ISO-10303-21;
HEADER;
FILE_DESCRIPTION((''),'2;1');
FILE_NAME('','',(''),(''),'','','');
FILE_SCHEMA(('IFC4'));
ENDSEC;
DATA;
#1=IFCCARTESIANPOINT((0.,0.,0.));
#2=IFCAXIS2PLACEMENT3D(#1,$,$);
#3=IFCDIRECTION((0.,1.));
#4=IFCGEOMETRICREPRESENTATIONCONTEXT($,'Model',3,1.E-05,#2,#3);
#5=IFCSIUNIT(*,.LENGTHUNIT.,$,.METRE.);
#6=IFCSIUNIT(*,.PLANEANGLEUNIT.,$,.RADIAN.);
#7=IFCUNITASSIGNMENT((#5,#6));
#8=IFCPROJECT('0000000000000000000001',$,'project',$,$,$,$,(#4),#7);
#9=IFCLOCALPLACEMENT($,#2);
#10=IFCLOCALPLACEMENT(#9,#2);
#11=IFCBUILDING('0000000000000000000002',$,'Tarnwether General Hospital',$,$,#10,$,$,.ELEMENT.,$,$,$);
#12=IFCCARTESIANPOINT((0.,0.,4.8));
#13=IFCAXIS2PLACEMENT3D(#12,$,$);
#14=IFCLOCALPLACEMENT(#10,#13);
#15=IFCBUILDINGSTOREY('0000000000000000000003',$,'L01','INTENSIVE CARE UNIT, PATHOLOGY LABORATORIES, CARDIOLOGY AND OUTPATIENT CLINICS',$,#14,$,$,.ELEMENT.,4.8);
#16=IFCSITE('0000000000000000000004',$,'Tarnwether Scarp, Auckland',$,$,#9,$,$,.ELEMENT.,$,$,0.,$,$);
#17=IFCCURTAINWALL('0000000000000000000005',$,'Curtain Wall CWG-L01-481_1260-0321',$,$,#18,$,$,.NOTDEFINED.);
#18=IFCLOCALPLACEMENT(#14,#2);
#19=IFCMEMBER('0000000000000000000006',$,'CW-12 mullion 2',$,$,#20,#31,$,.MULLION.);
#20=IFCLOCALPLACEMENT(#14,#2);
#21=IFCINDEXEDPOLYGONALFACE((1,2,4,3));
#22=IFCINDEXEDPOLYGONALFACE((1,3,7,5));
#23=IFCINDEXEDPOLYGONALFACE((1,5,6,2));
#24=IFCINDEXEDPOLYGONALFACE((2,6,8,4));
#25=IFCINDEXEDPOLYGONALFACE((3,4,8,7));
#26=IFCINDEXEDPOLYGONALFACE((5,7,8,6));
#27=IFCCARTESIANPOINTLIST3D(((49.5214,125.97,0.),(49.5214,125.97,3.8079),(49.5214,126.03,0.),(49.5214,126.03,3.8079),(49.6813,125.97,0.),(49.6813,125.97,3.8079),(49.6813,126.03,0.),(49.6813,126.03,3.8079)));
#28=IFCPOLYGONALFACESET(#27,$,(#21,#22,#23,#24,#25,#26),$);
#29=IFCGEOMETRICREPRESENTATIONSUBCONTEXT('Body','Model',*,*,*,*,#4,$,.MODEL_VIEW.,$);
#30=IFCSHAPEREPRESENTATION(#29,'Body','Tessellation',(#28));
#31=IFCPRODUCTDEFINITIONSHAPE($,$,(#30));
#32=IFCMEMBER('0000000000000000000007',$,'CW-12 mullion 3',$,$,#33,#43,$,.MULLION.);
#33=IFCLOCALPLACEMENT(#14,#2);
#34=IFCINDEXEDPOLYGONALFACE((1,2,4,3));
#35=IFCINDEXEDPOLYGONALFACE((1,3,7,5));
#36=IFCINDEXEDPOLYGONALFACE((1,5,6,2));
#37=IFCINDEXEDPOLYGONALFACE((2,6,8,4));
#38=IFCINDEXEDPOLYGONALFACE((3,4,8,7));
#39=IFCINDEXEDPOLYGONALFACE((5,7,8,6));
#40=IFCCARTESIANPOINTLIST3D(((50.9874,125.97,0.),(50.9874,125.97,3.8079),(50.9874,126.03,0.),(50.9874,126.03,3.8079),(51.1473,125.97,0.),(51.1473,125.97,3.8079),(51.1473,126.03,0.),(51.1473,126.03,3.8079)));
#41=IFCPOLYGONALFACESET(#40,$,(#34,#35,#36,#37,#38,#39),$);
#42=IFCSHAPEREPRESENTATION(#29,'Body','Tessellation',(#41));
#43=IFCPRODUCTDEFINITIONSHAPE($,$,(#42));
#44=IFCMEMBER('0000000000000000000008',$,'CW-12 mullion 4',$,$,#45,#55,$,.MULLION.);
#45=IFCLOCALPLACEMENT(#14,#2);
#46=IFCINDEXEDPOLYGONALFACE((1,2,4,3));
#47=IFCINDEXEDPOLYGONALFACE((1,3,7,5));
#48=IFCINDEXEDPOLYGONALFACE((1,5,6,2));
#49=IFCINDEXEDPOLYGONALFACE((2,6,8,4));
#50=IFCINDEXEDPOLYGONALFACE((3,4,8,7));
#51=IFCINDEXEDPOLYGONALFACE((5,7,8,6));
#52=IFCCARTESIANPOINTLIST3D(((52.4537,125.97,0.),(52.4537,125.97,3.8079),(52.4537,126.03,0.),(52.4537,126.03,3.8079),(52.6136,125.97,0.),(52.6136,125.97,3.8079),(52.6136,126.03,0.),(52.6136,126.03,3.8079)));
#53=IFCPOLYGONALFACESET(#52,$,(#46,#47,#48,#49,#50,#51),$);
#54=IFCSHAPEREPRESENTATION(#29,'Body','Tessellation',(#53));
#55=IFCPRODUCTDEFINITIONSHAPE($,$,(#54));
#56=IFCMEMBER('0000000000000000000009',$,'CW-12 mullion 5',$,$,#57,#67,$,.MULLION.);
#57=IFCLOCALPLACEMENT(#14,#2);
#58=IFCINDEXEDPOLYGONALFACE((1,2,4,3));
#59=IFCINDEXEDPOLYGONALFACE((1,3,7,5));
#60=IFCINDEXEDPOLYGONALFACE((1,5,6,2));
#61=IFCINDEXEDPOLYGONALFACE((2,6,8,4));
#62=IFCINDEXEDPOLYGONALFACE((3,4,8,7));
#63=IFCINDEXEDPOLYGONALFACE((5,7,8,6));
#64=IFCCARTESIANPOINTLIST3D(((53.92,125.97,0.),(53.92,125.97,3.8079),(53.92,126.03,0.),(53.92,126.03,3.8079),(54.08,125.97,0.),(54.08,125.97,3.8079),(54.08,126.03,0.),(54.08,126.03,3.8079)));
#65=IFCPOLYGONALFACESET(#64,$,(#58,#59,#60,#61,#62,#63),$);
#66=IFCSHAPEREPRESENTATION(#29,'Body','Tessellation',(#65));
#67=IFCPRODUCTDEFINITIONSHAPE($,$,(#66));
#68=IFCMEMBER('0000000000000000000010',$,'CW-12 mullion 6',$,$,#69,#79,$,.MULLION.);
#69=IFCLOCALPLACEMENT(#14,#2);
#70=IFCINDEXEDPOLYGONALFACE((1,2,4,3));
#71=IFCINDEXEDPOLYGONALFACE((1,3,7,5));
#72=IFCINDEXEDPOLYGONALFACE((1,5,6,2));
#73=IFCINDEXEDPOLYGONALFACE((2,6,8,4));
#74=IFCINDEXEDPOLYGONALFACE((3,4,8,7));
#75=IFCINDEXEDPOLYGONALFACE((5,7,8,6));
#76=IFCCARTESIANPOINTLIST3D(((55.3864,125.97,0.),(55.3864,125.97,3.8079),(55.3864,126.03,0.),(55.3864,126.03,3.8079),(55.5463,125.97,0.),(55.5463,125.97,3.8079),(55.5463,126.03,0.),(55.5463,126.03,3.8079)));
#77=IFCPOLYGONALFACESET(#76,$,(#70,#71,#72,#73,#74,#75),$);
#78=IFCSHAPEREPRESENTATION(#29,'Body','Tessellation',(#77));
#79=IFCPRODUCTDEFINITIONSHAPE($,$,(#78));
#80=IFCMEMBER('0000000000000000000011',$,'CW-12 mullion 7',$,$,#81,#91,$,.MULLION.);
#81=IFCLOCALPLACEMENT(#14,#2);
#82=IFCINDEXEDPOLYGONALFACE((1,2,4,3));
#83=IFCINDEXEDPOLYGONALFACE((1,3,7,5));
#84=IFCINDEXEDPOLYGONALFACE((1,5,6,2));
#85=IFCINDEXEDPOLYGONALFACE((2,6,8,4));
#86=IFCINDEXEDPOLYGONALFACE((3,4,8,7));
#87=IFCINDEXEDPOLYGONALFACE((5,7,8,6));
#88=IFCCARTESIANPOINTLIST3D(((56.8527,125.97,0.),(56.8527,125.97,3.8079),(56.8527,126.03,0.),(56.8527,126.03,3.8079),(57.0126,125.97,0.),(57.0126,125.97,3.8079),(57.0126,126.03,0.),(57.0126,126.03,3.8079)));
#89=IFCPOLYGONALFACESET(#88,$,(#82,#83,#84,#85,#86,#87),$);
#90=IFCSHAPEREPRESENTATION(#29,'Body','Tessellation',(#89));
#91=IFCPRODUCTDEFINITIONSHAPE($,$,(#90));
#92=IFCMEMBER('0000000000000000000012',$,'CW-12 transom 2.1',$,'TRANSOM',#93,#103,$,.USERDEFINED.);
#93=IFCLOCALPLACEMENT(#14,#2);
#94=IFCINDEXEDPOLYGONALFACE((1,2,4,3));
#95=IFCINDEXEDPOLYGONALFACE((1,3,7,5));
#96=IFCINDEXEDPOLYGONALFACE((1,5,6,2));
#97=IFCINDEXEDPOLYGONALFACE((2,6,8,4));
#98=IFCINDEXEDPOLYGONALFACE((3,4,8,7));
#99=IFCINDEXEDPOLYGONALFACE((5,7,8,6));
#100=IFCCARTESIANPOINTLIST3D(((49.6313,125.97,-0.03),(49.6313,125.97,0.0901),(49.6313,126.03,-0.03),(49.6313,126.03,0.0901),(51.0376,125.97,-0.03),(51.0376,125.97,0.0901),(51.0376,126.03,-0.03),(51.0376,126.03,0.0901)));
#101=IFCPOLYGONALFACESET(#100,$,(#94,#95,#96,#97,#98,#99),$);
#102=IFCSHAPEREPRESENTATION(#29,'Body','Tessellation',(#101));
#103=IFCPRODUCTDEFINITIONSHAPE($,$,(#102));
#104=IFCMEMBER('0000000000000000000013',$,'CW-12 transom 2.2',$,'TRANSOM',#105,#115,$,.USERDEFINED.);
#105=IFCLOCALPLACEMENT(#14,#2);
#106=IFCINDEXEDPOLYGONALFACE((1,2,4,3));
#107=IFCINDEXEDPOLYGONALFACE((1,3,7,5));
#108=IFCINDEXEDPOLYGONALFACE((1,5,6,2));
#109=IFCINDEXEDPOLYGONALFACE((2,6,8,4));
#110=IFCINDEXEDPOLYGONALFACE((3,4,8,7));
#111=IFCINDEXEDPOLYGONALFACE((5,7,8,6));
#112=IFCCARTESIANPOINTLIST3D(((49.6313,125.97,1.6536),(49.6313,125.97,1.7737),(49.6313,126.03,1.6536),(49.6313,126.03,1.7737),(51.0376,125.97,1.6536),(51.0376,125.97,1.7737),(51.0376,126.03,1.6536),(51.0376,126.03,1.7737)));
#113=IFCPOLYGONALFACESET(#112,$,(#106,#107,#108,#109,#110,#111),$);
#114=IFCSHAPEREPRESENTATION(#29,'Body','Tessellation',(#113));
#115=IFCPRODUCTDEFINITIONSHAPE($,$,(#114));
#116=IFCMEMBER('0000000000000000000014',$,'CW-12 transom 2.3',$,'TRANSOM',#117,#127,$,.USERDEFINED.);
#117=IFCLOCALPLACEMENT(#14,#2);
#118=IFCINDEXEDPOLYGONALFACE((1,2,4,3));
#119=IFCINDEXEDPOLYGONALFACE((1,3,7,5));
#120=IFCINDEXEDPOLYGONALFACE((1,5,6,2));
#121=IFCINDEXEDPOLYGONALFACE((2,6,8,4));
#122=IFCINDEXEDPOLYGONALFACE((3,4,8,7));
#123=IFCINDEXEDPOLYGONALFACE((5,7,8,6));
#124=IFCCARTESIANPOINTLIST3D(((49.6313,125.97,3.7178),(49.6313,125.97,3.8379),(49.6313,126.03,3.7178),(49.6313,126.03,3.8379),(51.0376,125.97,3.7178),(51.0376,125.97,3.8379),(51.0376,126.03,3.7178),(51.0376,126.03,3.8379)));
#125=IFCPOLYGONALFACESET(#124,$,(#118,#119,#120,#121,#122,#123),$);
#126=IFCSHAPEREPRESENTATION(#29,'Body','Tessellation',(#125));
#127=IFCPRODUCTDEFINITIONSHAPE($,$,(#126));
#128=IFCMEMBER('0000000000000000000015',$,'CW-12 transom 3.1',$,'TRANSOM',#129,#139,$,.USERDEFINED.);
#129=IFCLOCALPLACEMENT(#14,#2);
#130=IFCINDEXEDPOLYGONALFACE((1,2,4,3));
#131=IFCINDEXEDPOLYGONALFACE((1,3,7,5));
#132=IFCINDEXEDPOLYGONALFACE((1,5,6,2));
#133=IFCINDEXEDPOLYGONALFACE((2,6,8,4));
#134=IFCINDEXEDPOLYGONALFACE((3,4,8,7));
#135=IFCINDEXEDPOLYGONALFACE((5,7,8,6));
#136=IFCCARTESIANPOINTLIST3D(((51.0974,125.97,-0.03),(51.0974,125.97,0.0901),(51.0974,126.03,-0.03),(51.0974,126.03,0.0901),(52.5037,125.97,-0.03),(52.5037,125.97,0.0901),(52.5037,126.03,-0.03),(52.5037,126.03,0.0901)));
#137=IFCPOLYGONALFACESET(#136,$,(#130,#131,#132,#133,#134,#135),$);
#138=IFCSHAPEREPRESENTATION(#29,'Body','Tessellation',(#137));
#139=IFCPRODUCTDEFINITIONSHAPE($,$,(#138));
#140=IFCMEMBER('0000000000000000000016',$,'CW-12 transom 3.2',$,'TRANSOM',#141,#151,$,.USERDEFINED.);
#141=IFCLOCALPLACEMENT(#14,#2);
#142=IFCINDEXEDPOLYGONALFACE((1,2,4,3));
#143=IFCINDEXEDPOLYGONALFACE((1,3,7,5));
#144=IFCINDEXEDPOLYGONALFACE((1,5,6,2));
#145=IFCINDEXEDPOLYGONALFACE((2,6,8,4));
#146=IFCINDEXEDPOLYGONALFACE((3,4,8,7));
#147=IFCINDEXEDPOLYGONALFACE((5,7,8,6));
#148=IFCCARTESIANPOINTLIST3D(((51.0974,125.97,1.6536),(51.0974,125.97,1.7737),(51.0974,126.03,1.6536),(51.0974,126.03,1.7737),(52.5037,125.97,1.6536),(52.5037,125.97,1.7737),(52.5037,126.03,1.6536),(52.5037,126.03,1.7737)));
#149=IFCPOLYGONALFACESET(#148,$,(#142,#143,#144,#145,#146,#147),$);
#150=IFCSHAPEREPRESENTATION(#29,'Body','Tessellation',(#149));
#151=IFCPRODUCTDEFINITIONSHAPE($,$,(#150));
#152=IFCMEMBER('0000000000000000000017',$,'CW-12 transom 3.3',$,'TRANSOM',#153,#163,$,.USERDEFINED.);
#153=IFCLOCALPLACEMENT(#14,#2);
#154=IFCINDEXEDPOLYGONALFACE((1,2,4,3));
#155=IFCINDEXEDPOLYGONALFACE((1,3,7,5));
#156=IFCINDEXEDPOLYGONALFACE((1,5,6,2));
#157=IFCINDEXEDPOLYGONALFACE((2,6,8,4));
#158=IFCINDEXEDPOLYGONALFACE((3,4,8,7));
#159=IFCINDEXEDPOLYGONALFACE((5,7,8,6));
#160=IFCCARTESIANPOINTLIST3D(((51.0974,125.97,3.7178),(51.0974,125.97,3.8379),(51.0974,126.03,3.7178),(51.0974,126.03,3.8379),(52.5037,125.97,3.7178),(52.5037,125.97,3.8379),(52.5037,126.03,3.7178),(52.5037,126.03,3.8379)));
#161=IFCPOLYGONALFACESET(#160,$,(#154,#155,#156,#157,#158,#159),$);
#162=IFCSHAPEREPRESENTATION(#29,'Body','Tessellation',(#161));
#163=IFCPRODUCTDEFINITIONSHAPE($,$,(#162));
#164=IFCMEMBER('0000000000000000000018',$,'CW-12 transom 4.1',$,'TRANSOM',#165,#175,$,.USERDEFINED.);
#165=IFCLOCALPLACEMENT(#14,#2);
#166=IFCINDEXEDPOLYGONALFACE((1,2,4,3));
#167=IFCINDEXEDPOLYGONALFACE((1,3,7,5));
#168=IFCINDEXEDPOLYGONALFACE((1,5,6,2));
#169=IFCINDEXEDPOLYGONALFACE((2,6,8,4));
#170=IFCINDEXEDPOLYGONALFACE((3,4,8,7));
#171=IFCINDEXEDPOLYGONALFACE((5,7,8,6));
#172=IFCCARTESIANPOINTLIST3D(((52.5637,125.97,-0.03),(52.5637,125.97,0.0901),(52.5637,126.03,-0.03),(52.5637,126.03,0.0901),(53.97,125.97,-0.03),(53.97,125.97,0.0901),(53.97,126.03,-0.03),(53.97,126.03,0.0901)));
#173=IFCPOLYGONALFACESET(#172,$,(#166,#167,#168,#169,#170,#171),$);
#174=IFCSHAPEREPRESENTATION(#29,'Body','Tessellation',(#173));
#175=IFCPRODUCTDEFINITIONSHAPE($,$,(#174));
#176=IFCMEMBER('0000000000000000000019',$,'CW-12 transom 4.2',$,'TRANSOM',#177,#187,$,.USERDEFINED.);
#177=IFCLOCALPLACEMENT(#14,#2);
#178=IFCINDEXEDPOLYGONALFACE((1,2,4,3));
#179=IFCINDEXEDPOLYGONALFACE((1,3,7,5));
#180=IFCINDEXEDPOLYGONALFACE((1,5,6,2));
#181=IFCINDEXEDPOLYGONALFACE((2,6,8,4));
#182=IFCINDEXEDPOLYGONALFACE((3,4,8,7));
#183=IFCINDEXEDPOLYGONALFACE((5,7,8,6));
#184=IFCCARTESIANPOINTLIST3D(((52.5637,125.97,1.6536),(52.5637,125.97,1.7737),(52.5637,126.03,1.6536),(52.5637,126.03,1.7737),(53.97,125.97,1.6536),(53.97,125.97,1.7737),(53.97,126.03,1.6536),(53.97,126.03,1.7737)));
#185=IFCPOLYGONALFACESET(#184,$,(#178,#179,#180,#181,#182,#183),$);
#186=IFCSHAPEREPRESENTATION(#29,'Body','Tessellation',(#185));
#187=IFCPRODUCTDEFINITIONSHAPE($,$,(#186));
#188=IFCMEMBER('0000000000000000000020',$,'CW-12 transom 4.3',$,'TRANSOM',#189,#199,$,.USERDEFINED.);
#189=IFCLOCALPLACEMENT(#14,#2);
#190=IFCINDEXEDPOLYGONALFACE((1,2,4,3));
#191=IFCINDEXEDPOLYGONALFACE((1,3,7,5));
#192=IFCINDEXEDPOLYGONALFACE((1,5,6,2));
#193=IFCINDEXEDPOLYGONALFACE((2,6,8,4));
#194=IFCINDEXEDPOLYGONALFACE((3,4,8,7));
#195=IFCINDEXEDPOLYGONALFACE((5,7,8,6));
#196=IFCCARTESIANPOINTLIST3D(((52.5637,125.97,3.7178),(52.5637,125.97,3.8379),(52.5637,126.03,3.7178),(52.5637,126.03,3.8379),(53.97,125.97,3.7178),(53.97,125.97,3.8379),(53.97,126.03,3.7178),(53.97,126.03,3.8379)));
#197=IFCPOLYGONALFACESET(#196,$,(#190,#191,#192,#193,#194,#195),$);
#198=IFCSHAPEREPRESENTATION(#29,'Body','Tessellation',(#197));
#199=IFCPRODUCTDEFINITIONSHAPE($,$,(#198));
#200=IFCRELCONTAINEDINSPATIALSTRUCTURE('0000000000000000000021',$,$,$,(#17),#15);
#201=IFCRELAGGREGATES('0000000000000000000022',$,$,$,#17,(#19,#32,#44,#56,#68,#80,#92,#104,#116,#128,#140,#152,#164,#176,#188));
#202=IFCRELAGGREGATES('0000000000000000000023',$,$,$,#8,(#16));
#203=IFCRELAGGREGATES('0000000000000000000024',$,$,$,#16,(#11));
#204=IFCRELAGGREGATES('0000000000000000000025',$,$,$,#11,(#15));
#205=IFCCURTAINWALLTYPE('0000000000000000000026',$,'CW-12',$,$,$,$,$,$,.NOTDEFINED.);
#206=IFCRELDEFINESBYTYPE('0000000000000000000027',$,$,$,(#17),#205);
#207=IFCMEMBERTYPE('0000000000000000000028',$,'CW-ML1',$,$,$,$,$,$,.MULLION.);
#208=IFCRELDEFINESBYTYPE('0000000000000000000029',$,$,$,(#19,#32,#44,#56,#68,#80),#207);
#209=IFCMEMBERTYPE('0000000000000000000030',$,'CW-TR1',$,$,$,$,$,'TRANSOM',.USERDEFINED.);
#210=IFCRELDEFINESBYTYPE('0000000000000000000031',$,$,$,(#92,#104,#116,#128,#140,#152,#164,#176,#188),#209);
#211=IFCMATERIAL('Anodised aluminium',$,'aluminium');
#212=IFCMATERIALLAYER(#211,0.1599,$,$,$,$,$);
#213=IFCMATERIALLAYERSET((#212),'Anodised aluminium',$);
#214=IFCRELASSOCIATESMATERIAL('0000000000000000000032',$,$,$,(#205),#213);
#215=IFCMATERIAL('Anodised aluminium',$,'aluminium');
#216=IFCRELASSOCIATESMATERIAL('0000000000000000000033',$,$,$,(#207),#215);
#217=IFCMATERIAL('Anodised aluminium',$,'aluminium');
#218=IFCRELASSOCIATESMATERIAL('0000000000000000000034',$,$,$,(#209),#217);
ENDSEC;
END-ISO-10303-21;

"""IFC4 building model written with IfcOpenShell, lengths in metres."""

from ifc_helpers import new_model, si_unit, direction, frame, origin, origin_2d, place, context, subcontext, project, spatial, rectangle, extrude, material, layer, layer_set, material_profile, profile_set, type_object, element, aggregate, save


model = new_model("IFC4")

# Units and contexts
model_context = context("Model", 3, precision=1e-05, world=origin(), true_north=direction((0.0, 1.0)))
body_context = subcontext(model_context, "Body", "Model", "MODEL_VIEW")
ifc_project = project(units=[si_unit("LENGTHUNIT", "METRE"), si_unit("PLANEANGLEUNIT", "RADIAN")], contexts=[model_context])

# Site, building, storey
site_placement = place(None, origin())
site = spatial("IfcSite", under=ifc_project, at=site_placement, Name="Tarnwether Scarp, Auckland", CompositionType="ELEMENT", RefElevation=0.0)
building_placement = place(site_placement, origin())
building = spatial("IfcBuilding", under=site, at=building_placement, Name="Tarnwether General Hospital", CompositionType="ELEMENT")
storey_placement = place(building_placement, frame((0.0, 0.0, 4.8)))
storey = spatial("IfcBuildingStorey", under=building, at=storey_placement, Name="L01", Description="INTENSIVE CARE UNIT, PATHOLOGY LABORATORIES, CARDIOLOGY AND OUTPATIENT CLINICS", CompositionType="ELEMENT", Elevation=4.8)

# Curtain wall, members
ifc_material_1 = material(Name="Anodised aluminium", Category="aluminium")
ifc_layer_1 = layer(ifc_material_1, 0.1599)
ifc_layer_set_1 = layer_set([ifc_layer_1], Name="Anodised aluminium")
curtain_wall_type = type_object("IfcCurtainWallType", Name="CW-12", PredefinedType="NOTDEFINED", material=ifc_layer_set_1)
curtain_wall_placement = place(storey_placement, origin())
curtain_wall = element("IfcCurtainWall", 1, at=curtain_wall_placement, inside=storey, type_object=curtain_wall_type, Name="Curtain Wall CWG-L01-481_1260-0321", PredefinedType="NOTDEFINED")
ifc_material_2 = material(Name="Anodised aluminium", Category="aluminium")
ifc_material_profile_1 = material_profile(ifc_material_2, rectangle(XDim=0.0601, YDim=0.1599, at=origin_2d()), Name="ALU-MUL-60x160")
ifc_profile_set_1 = profile_set([ifc_material_profile_1], Name="Anodised aluminium")
member_type_1 = type_object("IfcMemberType", Name="CW-ML1", PredefinedType="MULLION", material=ifc_profile_set_1)
member_1_placement = place(storey_placement, frame((49.6013, 126.0, 0.0), z_axis=(0.0, 0.0, 1.0), x_axis=(0.0, 1.0, 0.0)))
member_1 = element("IfcMember", 2, at=member_1_placement, type_object=member_type_1, Name="CW-12 mullion 2", PredefinedType="MULLION", context=body_context, shape_type="SweptSolid", body=[
    extrude(rectangle(XDim=0.0601, YDim=0.1599, at=origin_2d()), origin(), (0.0, 0.0, 1.0), 3.8079),
])
member_2_placement = place(storey_placement, frame((51.0674, 126.0, 0.0), z_axis=(0.0, 0.0, 1.0), x_axis=(0.0, 1.0, 0.0)))
member_2 = element("IfcMember", 3, at=member_2_placement, type_object=member_type_1, Name="CW-12 mullion 3", PredefinedType="MULLION", context=body_context, shape_type="SweptSolid", body=[
    extrude(rectangle(XDim=0.0601, YDim=0.1599, at=origin_2d()), origin(), (0.0, 0.0, 1.0), 3.8079),
])
member_3_placement = place(storey_placement, frame((52.5337, 126.0, 0.0), z_axis=(0.0, 0.0, 1.0), x_axis=(0.0, 1.0, 0.0)))
member_3 = element("IfcMember", 4, at=member_3_placement, type_object=member_type_1, Name="CW-12 mullion 4", PredefinedType="MULLION", context=body_context, shape_type="SweptSolid", body=[
    extrude(rectangle(XDim=0.0601, YDim=0.1599, at=origin_2d()), origin(), (0.0, 0.0, 1.0), 3.8079),
])
member_4_placement = place(storey_placement, frame((54.0, 126.0, 0.0), z_axis=(0.0, 0.0, 1.0), x_axis=(0.0, 1.0, 0.0)))
member_4 = element("IfcMember", 5, at=member_4_placement, type_object=member_type_1, Name="CW-12 mullion 5", PredefinedType="MULLION", context=body_context, shape_type="SweptSolid", body=[
    extrude(rectangle(XDim=0.0601, YDim=0.1599, at=origin_2d()), origin(), (0.0, 0.0, 1.0), 3.8079),
])
member_5_placement = place(storey_placement, frame((55.4663, 126.0, 0.0), z_axis=(0.0, 0.0, 1.0), x_axis=(0.0, 1.0, 0.0)))
member_5 = element("IfcMember", 6, at=member_5_placement, type_object=member_type_1, Name="CW-12 mullion 6", PredefinedType="MULLION", context=body_context, shape_type="SweptSolid", body=[
    extrude(rectangle(XDim=0.0601, YDim=0.1599, at=origin_2d()), origin(), (0.0, 0.0, 1.0), 3.8079),
])
member_6_placement = place(storey_placement, frame((56.9326, 126.0, 0.0), z_axis=(0.0, 0.0, 1.0), x_axis=(0.0, 1.0, 0.0)))
member_6 = element("IfcMember", 7, at=member_6_placement, type_object=member_type_1, Name="CW-12 mullion 7", PredefinedType="MULLION", context=body_context, shape_type="SweptSolid", body=[
    extrude(rectangle(XDim=0.0601, YDim=0.1599, at=origin_2d()), origin(), (0.0, 0.0, 1.0), 3.8079),
])
ifc_material_3 = material(Name="Anodised aluminium", Category="aluminium")
ifc_material_profile_2 = material_profile(ifc_material_3, rectangle(XDim=0.0601, YDim=0.1201, at=origin_2d()), Name="ALU-TRN-60x120")
ifc_profile_set_2 = profile_set([ifc_material_profile_2], Name="Anodised aluminium")
member_type_2 = type_object("IfcMemberType", Name="CW-TR1", ElementType="TRANSOM", PredefinedType="USERDEFINED", material=ifc_profile_set_2)
member_7_placement = place(storey_placement, frame((49.6313, 126.0, 0.03), z_axis=(1.0, 0.0, 0.0), x_axis=(0.0, 1.0, 0.0)))
member_7 = element("IfcMember", 8, at=member_7_placement, type_object=member_type_2, Name="CW-12 transom 2.1", ObjectType="TRANSOM", PredefinedType="USERDEFINED", context=body_context, shape_type="SweptSolid", body=[
    extrude(rectangle(XDim=0.0601, YDim=0.1201, at=origin_2d()), origin(), (0.0, 0.0, 1.0), 1.4062),
])
member_8_placement = place(storey_placement, frame((49.6313, 126.0, 1.7136), z_axis=(1.0, 0.0, 0.0), x_axis=(0.0, 1.0, 0.0)))
member_8 = element("IfcMember", 9, at=member_8_placement, type_object=member_type_2, Name="CW-12 transom 2.2", ObjectType="TRANSOM", PredefinedType="USERDEFINED", context=body_context, shape_type="SweptSolid", body=[
    extrude(rectangle(XDim=0.0601, YDim=0.1201, at=origin_2d()), origin(), (0.0, 0.0, 1.0), 1.4062),
])
member_9_placement = place(storey_placement, frame((49.6313, 126.0, 3.7778), z_axis=(1.0, 0.0, 0.0), x_axis=(0.0, 1.0, 0.0)))
member_9 = element("IfcMember", 10, at=member_9_placement, type_object=member_type_2, Name="CW-12 transom 2.3", ObjectType="TRANSOM", PredefinedType="USERDEFINED", context=body_context, shape_type="SweptSolid", body=[
    extrude(rectangle(XDim=0.0601, YDim=0.1201, at=origin_2d()), origin(), (0.0, 0.0, 1.0), 1.4062),
])
member_10_placement = place(storey_placement, frame((51.0974, 126.0, 0.03), z_axis=(1.0, 0.0, 0.0), x_axis=(0.0, 1.0, 0.0)))
member_10 = element("IfcMember", 11, at=member_10_placement, type_object=member_type_2, Name="CW-12 transom 3.1", ObjectType="TRANSOM", PredefinedType="USERDEFINED", context=body_context, shape_type="SweptSolid", body=[
    extrude(rectangle(XDim=0.0601, YDim=0.1201, at=origin_2d()), origin(), (0.0, 0.0, 1.0), 1.4062),
])
member_11_placement = place(storey_placement, frame((51.0974, 126.0, 1.7136), z_axis=(1.0, 0.0, 0.0), x_axis=(0.0, 1.0, 0.0)))
member_11 = element("IfcMember", 12, at=member_11_placement, type_object=member_type_2, Name="CW-12 transom 3.2", ObjectType="TRANSOM", PredefinedType="USERDEFINED", context=body_context, shape_type="SweptSolid", body=[
    extrude(rectangle(XDim=0.0601, YDim=0.1201, at=origin_2d()), origin(), (0.0, 0.0, 1.0), 1.4062),
])
member_12_placement = place(storey_placement, frame((51.0974, 126.0, 3.7778), z_axis=(1.0, 0.0, 0.0), x_axis=(0.0, 1.0, 0.0)))
member_12 = element("IfcMember", 13, at=member_12_placement, type_object=member_type_2, Name="CW-12 transom 3.3", ObjectType="TRANSOM", PredefinedType="USERDEFINED", context=body_context, shape_type="SweptSolid", body=[
    extrude(rectangle(XDim=0.0601, YDim=0.1201, at=origin_2d()), origin(), (0.0, 0.0, 1.0), 1.4062),
])
member_13_placement = place(storey_placement, frame((52.5637, 126.0, 0.03), z_axis=(1.0, 0.0, 0.0), x_axis=(0.0, 1.0, 0.0)))
member_13 = element("IfcMember", 14, at=member_13_placement, type_object=member_type_2, Name="CW-12 transom 4.1", ObjectType="TRANSOM", PredefinedType="USERDEFINED", context=body_context, shape_type="SweptSolid", body=[
    extrude(rectangle(XDim=0.0601, YDim=0.1201, at=origin_2d()), origin(), (0.0, 0.0, 1.0), 1.4062),
])
member_14_placement = place(storey_placement, frame((52.5637, 126.0, 1.7136), z_axis=(1.0, 0.0, 0.0), x_axis=(0.0, 1.0, 0.0)))
member_14 = element("IfcMember", 15, at=member_14_placement, type_object=member_type_2, Name="CW-12 transom 4.2", ObjectType="TRANSOM", PredefinedType="USERDEFINED", context=body_context, shape_type="SweptSolid", body=[
    extrude(rectangle(XDim=0.0601, YDim=0.1201, at=origin_2d()), origin(), (0.0, 0.0, 1.0), 1.4062),
])
member_15_placement = place(storey_placement, frame((52.5637, 126.0, 3.7778), z_axis=(1.0, 0.0, 0.0), x_axis=(0.0, 1.0, 0.0)))
member_15 = element("IfcMember", 16, at=member_15_placement, type_object=member_type_2, Name="CW-12 transom 4.3", ObjectType="TRANSOM", PredefinedType="USERDEFINED", context=body_context, shape_type="SweptSolid", body=[
    extrude(rectangle(XDim=0.0601, YDim=0.1201, at=origin_2d()), origin(), (0.0, 0.0, 1.0), 1.4062),
])
aggregate(curtain_wall, [member_1, member_2, member_3, member_4, member_5, member_6, member_7, member_8, member_9, member_10, member_11, member_12, member_13, member_14, member_15])

save(model, "model.ifc")
